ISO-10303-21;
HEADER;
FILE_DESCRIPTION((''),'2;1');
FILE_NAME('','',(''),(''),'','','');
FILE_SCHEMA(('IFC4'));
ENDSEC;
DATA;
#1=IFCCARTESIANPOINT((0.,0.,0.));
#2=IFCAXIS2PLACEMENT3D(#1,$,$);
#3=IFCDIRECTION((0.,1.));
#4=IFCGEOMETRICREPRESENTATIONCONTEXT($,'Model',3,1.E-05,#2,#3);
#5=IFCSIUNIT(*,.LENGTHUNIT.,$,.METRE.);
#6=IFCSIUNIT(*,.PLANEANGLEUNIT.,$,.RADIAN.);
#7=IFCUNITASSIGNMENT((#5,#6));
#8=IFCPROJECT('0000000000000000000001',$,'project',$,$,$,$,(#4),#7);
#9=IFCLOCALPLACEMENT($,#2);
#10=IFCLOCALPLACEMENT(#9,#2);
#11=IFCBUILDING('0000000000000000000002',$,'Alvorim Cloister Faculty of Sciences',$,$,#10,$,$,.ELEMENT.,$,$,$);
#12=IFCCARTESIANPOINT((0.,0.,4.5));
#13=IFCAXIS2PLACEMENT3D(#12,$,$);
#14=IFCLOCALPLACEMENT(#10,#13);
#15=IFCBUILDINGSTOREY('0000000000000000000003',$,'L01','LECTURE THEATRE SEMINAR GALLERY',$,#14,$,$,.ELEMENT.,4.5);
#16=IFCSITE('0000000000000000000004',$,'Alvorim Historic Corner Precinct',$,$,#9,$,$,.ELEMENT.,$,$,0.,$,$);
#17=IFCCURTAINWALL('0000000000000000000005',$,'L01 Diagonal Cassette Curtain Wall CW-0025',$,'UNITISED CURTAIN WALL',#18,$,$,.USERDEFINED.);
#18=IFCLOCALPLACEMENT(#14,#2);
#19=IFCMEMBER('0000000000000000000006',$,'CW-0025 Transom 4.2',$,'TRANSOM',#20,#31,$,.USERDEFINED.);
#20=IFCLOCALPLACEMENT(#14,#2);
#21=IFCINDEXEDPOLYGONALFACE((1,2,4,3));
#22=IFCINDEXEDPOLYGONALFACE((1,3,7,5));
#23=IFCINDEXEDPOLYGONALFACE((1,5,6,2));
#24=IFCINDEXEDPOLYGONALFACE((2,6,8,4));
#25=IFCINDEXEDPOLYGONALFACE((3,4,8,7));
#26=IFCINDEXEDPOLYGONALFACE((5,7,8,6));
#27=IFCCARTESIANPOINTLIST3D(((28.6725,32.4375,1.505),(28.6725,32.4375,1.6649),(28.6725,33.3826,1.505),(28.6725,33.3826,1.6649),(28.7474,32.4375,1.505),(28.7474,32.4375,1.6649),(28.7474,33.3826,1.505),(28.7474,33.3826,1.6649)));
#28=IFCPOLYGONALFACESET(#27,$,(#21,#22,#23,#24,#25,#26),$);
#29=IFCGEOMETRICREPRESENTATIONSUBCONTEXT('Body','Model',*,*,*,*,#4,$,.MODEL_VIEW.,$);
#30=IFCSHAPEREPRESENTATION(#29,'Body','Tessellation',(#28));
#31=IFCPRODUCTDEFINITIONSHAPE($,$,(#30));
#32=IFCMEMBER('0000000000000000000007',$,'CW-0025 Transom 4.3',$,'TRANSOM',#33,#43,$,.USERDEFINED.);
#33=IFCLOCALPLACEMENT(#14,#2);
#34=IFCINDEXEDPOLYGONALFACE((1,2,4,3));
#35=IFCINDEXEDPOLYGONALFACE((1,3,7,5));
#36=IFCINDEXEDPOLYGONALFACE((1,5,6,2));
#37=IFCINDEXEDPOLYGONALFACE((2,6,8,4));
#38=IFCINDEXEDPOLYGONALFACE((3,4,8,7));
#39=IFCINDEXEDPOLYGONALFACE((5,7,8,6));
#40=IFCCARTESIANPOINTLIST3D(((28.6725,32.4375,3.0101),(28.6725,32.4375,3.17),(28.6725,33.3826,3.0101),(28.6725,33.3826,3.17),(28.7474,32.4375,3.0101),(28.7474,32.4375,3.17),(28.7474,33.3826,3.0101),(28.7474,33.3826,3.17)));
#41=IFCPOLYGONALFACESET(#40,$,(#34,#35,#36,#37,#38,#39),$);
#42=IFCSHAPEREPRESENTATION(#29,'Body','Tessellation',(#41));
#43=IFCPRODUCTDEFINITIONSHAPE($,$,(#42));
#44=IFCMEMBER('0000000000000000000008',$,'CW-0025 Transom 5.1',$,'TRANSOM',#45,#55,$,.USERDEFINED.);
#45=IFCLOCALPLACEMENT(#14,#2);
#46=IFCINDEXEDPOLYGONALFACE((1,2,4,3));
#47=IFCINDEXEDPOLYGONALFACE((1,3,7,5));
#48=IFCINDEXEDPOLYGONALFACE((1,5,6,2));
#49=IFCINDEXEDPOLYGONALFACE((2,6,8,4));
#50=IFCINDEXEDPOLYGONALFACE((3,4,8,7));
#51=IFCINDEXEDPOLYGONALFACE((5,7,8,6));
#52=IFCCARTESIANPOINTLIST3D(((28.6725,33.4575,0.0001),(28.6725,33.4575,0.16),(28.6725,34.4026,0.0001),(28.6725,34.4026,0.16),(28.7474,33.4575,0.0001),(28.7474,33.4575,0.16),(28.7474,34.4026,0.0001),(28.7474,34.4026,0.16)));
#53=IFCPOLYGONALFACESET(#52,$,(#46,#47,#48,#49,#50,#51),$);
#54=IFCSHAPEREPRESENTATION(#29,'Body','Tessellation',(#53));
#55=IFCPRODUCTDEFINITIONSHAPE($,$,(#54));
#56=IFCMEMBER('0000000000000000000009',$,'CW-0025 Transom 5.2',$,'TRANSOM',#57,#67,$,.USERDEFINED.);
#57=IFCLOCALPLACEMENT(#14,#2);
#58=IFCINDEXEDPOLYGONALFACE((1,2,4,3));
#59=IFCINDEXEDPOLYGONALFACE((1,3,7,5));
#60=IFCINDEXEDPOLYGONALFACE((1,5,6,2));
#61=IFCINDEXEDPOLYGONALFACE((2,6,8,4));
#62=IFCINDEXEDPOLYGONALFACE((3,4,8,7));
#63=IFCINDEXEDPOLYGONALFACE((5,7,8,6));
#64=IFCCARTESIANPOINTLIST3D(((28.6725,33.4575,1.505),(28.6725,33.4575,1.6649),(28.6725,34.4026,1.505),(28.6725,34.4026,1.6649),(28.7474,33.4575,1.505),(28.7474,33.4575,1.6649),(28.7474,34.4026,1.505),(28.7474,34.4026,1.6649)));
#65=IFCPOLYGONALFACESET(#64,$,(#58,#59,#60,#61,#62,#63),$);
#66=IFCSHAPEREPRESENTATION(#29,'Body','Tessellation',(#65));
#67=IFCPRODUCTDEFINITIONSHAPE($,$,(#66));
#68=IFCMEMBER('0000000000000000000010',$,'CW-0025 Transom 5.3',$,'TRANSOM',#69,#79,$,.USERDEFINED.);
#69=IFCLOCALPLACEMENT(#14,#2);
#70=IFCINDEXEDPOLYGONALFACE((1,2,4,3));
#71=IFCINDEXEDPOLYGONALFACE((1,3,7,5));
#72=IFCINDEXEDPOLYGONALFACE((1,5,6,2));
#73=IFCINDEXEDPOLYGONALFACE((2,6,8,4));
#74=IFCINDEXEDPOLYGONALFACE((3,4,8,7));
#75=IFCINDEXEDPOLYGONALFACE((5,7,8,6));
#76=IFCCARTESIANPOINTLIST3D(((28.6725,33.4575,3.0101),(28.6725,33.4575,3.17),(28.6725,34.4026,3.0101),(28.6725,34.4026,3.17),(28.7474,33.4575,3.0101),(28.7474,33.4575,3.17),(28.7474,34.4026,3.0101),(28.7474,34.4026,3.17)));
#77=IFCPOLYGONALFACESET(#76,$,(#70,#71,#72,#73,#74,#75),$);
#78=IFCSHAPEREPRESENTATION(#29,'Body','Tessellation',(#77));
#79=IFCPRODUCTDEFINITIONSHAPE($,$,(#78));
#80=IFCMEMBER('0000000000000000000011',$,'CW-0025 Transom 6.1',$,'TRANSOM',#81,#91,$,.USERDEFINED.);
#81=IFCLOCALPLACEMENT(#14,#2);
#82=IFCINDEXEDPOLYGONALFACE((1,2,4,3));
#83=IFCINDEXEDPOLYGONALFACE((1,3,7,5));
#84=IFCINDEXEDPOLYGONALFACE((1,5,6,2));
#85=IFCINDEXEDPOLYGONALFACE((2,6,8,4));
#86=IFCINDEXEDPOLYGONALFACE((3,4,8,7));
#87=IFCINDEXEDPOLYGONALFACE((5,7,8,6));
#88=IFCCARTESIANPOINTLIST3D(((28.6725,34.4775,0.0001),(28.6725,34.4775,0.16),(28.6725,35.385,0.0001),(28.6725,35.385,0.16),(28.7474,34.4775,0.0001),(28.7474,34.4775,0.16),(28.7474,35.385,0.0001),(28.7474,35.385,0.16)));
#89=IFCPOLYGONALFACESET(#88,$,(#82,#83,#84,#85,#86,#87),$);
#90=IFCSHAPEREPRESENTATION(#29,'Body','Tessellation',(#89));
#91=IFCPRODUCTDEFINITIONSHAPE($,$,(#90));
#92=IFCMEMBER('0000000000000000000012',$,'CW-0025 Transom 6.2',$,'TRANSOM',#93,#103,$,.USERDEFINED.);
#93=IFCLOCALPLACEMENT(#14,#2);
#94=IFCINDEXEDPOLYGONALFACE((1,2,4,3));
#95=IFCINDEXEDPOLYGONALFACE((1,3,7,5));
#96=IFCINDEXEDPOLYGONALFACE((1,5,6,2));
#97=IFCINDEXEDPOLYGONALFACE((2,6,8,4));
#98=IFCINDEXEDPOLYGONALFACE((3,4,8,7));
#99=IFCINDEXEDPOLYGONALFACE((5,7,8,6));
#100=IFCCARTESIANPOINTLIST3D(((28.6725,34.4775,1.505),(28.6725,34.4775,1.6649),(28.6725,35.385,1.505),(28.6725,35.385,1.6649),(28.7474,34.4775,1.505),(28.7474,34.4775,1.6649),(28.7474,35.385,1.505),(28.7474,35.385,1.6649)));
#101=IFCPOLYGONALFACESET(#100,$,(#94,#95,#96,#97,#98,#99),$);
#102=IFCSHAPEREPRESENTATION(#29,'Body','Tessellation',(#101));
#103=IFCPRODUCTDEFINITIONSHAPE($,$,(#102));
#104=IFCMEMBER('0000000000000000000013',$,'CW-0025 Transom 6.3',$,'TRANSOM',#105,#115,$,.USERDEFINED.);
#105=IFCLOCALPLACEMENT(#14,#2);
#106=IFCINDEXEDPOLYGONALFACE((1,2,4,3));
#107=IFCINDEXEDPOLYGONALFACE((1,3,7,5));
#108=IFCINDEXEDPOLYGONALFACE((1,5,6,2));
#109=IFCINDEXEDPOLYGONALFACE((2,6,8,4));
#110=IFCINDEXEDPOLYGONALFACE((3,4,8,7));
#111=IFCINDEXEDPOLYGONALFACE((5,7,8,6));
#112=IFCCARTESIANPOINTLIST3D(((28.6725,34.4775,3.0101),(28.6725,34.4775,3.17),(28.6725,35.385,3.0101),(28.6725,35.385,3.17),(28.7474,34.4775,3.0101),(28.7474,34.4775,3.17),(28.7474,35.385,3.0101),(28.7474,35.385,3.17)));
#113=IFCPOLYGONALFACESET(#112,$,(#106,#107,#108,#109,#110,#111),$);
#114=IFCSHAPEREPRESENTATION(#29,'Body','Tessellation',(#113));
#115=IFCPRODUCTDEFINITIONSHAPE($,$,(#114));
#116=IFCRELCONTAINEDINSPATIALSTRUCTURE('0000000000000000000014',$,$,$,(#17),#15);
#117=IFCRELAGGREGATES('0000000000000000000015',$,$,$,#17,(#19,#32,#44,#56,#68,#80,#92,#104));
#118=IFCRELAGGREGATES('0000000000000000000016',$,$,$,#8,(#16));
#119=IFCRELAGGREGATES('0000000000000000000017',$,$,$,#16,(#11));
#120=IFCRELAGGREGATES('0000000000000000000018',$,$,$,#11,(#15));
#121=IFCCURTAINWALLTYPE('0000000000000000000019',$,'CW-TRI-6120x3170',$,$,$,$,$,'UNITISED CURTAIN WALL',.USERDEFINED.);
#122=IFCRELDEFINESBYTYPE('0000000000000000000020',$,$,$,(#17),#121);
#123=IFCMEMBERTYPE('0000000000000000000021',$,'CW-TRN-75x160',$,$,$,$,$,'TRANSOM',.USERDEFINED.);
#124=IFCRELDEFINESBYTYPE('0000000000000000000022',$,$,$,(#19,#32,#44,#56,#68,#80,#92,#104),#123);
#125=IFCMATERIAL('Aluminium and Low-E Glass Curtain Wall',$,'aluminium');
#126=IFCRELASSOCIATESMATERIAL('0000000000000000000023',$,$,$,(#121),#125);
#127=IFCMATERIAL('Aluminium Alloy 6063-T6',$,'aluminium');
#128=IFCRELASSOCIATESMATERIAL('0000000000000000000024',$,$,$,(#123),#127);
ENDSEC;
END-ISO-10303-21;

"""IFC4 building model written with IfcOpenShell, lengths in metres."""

from ifc_helpers import new_model, si_unit, direction, frame, origin, origin_2d, place, context, subcontext, project, spatial, rectangle, extrude, material, material_profile, profile_set, type_object, element, aggregate, save


model = new_model("IFC4")

# Units and contexts
model_context = context("Model", 3, precision=1e-05, world=origin(), true_north=direction((0.0, 1.0)))
body_context = subcontext(model_context, "Body", "Model", "MODEL_VIEW")
ifc_project = project(units=[si_unit("LENGTHUNIT", "METRE"), si_unit("PLANEANGLEUNIT", "RADIAN")], contexts=[model_context])

# Site, building, storey
site_placement = place(None, origin())
site = spatial("IfcSite", under=ifc_project, at=site_placement, Name="Alvorim Historic Corner Precinct", CompositionType="ELEMENT", RefElevation=0.0)
building_placement = place(site_placement, origin())
building = spatial("IfcBuilding", under=site, at=building_placement, Name="Alvorim Cloister Faculty of Sciences", CompositionType="ELEMENT")
storey_placement = place(building_placement, frame((0.0, 0.0, 4.5)))
storey = spatial("IfcBuildingStorey", under=building, at=storey_placement, Name="L01", Description="LECTURE THEATRE SEMINAR GALLERY", CompositionType="ELEMENT", Elevation=4.5)

# Curtain wall, members
ifc_material_1 = material(Name="Aluminium and Low-E Glass Curtain Wall", Category="aluminium")
curtain_wall_type = type_object("IfcCurtainWallType", Name="CW-TRI-6120x3170", ElementType="UNITISED CURTAIN WALL", PredefinedType="USERDEFINED", material=ifc_material_1)
curtain_wall_placement = place(storey_placement, origin())
curtain_wall = element("IfcCurtainWall", 1, at=curtain_wall_placement, inside=storey, type_object=curtain_wall_type, Name="L01 Diagonal Cassette Curtain Wall CW-0025", ObjectType="UNITISED CURTAIN WALL", PredefinedType="USERDEFINED")
ifc_material_2 = material(Name="Aluminium Alloy 6063-T6", Category="aluminium")
ifc_material_profile_1 = material_profile(ifc_material_2, rectangle(XDim=0.075, YDim=0.1599, at=origin_2d()), Name="ALU-TRN-75x160")
ifc_profile_set_1 = profile_set([ifc_material_profile_1], Name="Aluminium Alloy 6063-T6")
member_type_1 = type_object("IfcMemberType", Name="CW-TRN-75x160", ElementType="TRANSOM", PredefinedType="USERDEFINED", material=ifc_profile_set_1)
member_1_placement = place(storey_placement, frame((28.71, 32.4375, 1.585), z_axis=(0.0, 1.0, 0.0), x_axis=(-1.0, 0.0, 0.0)))
member_1 = element("IfcMember", 2, at=member_1_placement, type_object=member_type_1, Name="CW-0025 Transom 4.2", ObjectType="TRANSOM", PredefinedType="USERDEFINED", context=body_context, shape_type="SweptSolid", body=[
    extrude(rectangle(XDim=0.075, YDim=0.1599, at=origin_2d()), origin(), (0.0, 0.0, 1.0), 0.9451),
])
member_2_placement = place(storey_placement, frame((28.71, 32.4375, 3.0901), z_axis=(0.0, 1.0, 0.0), x_axis=(-1.0, 0.0, 0.0)))
member_2 = element("IfcMember", 3, at=member_2_placement, type_object=member_type_1, Name="CW-0025 Transom 4.3", ObjectType="TRANSOM", PredefinedType="USERDEFINED", context=body_context, shape_type="SweptSolid", body=[
    extrude(rectangle(XDim=0.075, YDim=0.1599, at=origin_2d()), origin(), (0.0, 0.0, 1.0), 0.9451),
])
member_3_placement = place(storey_placement, frame((28.71, 33.4575, 0.0801), z_axis=(0.0, 1.0, 0.0), x_axis=(-1.0, 0.0, 0.0)))
member_3 = element("IfcMember", 4, at=member_3_placement, type_object=member_type_1, Name="CW-0025 Transom 5.1", ObjectType="TRANSOM", PredefinedType="USERDEFINED", context=body_context, shape_type="SweptSolid", body=[
    extrude(rectangle(XDim=0.075, YDim=0.1599, at=origin_2d()), origin(), (0.0, 0.0, 1.0), 0.9451),
])
member_4_placement = place(storey_placement, frame((28.71, 33.4575, 1.585), z_axis=(0.0, 1.0, 0.0), x_axis=(-1.0, 0.0, 0.0)))
member_4 = element("IfcMember", 5, at=member_4_placement, type_object=member_type_1, Name="CW-0025 Transom 5.2", ObjectType="TRANSOM", PredefinedType="USERDEFINED", context=body_context, shape_type="SweptSolid", body=[
    extrude(rectangle(XDim=0.075, YDim=0.1599, at=origin_2d()), origin(), (0.0, 0.0, 1.0), 0.9451),
])
member_5_placement = place(storey_placement, frame((28.71, 33.4575, 3.0901), z_axis=(0.0, 1.0, 0.0), x_axis=(-1.0, 0.0, 0.0)))
member_5 = element("IfcMember", 6, at=member_5_placement, type_object=member_type_1, Name="CW-0025 Transom 5.3", ObjectType="TRANSOM", PredefinedType="USERDEFINED", context=body_context, shape_type="SweptSolid", body=[
    extrude(rectangle(XDim=0.075, YDim=0.1599, at=origin_2d()), origin(), (0.0, 0.0, 1.0), 0.9451),
])
member_6_placement = place(storey_placement, frame((28.71, 34.4775, 0.0801), z_axis=(0.0, 1.0, 0.0), x_axis=(-1.0, 0.0, 0.0)))
member_6 = element("IfcMember", 7, at=member_6_placement, type_object=member_type_1, Name="CW-0025 Transom 6.1", ObjectType="TRANSOM", PredefinedType="USERDEFINED", context=body_context, shape_type="SweptSolid", body=[
    extrude(rectangle(XDim=0.075, YDim=0.1599, at=origin_2d()), origin(), (0.0, 0.0, 1.0), 0.9075),
])
member_7_placement = place(storey_placement, frame((28.71, 34.4775, 1.585), z_axis=(0.0, 1.0, 0.0), x_axis=(-1.0, 0.0, 0.0)))
member_7 = element("IfcMember", 8, at=member_7_placement, type_object=member_type_1, Name="CW-0025 Transom 6.2", ObjectType="TRANSOM", PredefinedType="USERDEFINED", context=body_context, shape_type="SweptSolid", body=[
    extrude(rectangle(XDim=0.075, YDim=0.1599, at=origin_2d()), origin(), (0.0, 0.0, 1.0), 0.9075),
])
member_8_placement = place(storey_placement, frame((28.71, 34.4775, 3.0901), z_axis=(0.0, 1.0, 0.0), x_axis=(-1.0, 0.0, 0.0)))
member_8 = element("IfcMember", 9, at=member_8_placement, type_object=member_type_1, Name="CW-0025 Transom 6.3", ObjectType="TRANSOM", PredefinedType="USERDEFINED", context=body_context, shape_type="SweptSolid", body=[
    extrude(rectangle(XDim=0.075, YDim=0.1599, at=origin_2d()), origin(), (0.0, 0.0, 1.0), 0.9075),
])
aggregate(curtain_wall, [member_1, member_2, member_3, member_4, member_5, member_6, member_7, member_8])

save(model, "model.ifc")
